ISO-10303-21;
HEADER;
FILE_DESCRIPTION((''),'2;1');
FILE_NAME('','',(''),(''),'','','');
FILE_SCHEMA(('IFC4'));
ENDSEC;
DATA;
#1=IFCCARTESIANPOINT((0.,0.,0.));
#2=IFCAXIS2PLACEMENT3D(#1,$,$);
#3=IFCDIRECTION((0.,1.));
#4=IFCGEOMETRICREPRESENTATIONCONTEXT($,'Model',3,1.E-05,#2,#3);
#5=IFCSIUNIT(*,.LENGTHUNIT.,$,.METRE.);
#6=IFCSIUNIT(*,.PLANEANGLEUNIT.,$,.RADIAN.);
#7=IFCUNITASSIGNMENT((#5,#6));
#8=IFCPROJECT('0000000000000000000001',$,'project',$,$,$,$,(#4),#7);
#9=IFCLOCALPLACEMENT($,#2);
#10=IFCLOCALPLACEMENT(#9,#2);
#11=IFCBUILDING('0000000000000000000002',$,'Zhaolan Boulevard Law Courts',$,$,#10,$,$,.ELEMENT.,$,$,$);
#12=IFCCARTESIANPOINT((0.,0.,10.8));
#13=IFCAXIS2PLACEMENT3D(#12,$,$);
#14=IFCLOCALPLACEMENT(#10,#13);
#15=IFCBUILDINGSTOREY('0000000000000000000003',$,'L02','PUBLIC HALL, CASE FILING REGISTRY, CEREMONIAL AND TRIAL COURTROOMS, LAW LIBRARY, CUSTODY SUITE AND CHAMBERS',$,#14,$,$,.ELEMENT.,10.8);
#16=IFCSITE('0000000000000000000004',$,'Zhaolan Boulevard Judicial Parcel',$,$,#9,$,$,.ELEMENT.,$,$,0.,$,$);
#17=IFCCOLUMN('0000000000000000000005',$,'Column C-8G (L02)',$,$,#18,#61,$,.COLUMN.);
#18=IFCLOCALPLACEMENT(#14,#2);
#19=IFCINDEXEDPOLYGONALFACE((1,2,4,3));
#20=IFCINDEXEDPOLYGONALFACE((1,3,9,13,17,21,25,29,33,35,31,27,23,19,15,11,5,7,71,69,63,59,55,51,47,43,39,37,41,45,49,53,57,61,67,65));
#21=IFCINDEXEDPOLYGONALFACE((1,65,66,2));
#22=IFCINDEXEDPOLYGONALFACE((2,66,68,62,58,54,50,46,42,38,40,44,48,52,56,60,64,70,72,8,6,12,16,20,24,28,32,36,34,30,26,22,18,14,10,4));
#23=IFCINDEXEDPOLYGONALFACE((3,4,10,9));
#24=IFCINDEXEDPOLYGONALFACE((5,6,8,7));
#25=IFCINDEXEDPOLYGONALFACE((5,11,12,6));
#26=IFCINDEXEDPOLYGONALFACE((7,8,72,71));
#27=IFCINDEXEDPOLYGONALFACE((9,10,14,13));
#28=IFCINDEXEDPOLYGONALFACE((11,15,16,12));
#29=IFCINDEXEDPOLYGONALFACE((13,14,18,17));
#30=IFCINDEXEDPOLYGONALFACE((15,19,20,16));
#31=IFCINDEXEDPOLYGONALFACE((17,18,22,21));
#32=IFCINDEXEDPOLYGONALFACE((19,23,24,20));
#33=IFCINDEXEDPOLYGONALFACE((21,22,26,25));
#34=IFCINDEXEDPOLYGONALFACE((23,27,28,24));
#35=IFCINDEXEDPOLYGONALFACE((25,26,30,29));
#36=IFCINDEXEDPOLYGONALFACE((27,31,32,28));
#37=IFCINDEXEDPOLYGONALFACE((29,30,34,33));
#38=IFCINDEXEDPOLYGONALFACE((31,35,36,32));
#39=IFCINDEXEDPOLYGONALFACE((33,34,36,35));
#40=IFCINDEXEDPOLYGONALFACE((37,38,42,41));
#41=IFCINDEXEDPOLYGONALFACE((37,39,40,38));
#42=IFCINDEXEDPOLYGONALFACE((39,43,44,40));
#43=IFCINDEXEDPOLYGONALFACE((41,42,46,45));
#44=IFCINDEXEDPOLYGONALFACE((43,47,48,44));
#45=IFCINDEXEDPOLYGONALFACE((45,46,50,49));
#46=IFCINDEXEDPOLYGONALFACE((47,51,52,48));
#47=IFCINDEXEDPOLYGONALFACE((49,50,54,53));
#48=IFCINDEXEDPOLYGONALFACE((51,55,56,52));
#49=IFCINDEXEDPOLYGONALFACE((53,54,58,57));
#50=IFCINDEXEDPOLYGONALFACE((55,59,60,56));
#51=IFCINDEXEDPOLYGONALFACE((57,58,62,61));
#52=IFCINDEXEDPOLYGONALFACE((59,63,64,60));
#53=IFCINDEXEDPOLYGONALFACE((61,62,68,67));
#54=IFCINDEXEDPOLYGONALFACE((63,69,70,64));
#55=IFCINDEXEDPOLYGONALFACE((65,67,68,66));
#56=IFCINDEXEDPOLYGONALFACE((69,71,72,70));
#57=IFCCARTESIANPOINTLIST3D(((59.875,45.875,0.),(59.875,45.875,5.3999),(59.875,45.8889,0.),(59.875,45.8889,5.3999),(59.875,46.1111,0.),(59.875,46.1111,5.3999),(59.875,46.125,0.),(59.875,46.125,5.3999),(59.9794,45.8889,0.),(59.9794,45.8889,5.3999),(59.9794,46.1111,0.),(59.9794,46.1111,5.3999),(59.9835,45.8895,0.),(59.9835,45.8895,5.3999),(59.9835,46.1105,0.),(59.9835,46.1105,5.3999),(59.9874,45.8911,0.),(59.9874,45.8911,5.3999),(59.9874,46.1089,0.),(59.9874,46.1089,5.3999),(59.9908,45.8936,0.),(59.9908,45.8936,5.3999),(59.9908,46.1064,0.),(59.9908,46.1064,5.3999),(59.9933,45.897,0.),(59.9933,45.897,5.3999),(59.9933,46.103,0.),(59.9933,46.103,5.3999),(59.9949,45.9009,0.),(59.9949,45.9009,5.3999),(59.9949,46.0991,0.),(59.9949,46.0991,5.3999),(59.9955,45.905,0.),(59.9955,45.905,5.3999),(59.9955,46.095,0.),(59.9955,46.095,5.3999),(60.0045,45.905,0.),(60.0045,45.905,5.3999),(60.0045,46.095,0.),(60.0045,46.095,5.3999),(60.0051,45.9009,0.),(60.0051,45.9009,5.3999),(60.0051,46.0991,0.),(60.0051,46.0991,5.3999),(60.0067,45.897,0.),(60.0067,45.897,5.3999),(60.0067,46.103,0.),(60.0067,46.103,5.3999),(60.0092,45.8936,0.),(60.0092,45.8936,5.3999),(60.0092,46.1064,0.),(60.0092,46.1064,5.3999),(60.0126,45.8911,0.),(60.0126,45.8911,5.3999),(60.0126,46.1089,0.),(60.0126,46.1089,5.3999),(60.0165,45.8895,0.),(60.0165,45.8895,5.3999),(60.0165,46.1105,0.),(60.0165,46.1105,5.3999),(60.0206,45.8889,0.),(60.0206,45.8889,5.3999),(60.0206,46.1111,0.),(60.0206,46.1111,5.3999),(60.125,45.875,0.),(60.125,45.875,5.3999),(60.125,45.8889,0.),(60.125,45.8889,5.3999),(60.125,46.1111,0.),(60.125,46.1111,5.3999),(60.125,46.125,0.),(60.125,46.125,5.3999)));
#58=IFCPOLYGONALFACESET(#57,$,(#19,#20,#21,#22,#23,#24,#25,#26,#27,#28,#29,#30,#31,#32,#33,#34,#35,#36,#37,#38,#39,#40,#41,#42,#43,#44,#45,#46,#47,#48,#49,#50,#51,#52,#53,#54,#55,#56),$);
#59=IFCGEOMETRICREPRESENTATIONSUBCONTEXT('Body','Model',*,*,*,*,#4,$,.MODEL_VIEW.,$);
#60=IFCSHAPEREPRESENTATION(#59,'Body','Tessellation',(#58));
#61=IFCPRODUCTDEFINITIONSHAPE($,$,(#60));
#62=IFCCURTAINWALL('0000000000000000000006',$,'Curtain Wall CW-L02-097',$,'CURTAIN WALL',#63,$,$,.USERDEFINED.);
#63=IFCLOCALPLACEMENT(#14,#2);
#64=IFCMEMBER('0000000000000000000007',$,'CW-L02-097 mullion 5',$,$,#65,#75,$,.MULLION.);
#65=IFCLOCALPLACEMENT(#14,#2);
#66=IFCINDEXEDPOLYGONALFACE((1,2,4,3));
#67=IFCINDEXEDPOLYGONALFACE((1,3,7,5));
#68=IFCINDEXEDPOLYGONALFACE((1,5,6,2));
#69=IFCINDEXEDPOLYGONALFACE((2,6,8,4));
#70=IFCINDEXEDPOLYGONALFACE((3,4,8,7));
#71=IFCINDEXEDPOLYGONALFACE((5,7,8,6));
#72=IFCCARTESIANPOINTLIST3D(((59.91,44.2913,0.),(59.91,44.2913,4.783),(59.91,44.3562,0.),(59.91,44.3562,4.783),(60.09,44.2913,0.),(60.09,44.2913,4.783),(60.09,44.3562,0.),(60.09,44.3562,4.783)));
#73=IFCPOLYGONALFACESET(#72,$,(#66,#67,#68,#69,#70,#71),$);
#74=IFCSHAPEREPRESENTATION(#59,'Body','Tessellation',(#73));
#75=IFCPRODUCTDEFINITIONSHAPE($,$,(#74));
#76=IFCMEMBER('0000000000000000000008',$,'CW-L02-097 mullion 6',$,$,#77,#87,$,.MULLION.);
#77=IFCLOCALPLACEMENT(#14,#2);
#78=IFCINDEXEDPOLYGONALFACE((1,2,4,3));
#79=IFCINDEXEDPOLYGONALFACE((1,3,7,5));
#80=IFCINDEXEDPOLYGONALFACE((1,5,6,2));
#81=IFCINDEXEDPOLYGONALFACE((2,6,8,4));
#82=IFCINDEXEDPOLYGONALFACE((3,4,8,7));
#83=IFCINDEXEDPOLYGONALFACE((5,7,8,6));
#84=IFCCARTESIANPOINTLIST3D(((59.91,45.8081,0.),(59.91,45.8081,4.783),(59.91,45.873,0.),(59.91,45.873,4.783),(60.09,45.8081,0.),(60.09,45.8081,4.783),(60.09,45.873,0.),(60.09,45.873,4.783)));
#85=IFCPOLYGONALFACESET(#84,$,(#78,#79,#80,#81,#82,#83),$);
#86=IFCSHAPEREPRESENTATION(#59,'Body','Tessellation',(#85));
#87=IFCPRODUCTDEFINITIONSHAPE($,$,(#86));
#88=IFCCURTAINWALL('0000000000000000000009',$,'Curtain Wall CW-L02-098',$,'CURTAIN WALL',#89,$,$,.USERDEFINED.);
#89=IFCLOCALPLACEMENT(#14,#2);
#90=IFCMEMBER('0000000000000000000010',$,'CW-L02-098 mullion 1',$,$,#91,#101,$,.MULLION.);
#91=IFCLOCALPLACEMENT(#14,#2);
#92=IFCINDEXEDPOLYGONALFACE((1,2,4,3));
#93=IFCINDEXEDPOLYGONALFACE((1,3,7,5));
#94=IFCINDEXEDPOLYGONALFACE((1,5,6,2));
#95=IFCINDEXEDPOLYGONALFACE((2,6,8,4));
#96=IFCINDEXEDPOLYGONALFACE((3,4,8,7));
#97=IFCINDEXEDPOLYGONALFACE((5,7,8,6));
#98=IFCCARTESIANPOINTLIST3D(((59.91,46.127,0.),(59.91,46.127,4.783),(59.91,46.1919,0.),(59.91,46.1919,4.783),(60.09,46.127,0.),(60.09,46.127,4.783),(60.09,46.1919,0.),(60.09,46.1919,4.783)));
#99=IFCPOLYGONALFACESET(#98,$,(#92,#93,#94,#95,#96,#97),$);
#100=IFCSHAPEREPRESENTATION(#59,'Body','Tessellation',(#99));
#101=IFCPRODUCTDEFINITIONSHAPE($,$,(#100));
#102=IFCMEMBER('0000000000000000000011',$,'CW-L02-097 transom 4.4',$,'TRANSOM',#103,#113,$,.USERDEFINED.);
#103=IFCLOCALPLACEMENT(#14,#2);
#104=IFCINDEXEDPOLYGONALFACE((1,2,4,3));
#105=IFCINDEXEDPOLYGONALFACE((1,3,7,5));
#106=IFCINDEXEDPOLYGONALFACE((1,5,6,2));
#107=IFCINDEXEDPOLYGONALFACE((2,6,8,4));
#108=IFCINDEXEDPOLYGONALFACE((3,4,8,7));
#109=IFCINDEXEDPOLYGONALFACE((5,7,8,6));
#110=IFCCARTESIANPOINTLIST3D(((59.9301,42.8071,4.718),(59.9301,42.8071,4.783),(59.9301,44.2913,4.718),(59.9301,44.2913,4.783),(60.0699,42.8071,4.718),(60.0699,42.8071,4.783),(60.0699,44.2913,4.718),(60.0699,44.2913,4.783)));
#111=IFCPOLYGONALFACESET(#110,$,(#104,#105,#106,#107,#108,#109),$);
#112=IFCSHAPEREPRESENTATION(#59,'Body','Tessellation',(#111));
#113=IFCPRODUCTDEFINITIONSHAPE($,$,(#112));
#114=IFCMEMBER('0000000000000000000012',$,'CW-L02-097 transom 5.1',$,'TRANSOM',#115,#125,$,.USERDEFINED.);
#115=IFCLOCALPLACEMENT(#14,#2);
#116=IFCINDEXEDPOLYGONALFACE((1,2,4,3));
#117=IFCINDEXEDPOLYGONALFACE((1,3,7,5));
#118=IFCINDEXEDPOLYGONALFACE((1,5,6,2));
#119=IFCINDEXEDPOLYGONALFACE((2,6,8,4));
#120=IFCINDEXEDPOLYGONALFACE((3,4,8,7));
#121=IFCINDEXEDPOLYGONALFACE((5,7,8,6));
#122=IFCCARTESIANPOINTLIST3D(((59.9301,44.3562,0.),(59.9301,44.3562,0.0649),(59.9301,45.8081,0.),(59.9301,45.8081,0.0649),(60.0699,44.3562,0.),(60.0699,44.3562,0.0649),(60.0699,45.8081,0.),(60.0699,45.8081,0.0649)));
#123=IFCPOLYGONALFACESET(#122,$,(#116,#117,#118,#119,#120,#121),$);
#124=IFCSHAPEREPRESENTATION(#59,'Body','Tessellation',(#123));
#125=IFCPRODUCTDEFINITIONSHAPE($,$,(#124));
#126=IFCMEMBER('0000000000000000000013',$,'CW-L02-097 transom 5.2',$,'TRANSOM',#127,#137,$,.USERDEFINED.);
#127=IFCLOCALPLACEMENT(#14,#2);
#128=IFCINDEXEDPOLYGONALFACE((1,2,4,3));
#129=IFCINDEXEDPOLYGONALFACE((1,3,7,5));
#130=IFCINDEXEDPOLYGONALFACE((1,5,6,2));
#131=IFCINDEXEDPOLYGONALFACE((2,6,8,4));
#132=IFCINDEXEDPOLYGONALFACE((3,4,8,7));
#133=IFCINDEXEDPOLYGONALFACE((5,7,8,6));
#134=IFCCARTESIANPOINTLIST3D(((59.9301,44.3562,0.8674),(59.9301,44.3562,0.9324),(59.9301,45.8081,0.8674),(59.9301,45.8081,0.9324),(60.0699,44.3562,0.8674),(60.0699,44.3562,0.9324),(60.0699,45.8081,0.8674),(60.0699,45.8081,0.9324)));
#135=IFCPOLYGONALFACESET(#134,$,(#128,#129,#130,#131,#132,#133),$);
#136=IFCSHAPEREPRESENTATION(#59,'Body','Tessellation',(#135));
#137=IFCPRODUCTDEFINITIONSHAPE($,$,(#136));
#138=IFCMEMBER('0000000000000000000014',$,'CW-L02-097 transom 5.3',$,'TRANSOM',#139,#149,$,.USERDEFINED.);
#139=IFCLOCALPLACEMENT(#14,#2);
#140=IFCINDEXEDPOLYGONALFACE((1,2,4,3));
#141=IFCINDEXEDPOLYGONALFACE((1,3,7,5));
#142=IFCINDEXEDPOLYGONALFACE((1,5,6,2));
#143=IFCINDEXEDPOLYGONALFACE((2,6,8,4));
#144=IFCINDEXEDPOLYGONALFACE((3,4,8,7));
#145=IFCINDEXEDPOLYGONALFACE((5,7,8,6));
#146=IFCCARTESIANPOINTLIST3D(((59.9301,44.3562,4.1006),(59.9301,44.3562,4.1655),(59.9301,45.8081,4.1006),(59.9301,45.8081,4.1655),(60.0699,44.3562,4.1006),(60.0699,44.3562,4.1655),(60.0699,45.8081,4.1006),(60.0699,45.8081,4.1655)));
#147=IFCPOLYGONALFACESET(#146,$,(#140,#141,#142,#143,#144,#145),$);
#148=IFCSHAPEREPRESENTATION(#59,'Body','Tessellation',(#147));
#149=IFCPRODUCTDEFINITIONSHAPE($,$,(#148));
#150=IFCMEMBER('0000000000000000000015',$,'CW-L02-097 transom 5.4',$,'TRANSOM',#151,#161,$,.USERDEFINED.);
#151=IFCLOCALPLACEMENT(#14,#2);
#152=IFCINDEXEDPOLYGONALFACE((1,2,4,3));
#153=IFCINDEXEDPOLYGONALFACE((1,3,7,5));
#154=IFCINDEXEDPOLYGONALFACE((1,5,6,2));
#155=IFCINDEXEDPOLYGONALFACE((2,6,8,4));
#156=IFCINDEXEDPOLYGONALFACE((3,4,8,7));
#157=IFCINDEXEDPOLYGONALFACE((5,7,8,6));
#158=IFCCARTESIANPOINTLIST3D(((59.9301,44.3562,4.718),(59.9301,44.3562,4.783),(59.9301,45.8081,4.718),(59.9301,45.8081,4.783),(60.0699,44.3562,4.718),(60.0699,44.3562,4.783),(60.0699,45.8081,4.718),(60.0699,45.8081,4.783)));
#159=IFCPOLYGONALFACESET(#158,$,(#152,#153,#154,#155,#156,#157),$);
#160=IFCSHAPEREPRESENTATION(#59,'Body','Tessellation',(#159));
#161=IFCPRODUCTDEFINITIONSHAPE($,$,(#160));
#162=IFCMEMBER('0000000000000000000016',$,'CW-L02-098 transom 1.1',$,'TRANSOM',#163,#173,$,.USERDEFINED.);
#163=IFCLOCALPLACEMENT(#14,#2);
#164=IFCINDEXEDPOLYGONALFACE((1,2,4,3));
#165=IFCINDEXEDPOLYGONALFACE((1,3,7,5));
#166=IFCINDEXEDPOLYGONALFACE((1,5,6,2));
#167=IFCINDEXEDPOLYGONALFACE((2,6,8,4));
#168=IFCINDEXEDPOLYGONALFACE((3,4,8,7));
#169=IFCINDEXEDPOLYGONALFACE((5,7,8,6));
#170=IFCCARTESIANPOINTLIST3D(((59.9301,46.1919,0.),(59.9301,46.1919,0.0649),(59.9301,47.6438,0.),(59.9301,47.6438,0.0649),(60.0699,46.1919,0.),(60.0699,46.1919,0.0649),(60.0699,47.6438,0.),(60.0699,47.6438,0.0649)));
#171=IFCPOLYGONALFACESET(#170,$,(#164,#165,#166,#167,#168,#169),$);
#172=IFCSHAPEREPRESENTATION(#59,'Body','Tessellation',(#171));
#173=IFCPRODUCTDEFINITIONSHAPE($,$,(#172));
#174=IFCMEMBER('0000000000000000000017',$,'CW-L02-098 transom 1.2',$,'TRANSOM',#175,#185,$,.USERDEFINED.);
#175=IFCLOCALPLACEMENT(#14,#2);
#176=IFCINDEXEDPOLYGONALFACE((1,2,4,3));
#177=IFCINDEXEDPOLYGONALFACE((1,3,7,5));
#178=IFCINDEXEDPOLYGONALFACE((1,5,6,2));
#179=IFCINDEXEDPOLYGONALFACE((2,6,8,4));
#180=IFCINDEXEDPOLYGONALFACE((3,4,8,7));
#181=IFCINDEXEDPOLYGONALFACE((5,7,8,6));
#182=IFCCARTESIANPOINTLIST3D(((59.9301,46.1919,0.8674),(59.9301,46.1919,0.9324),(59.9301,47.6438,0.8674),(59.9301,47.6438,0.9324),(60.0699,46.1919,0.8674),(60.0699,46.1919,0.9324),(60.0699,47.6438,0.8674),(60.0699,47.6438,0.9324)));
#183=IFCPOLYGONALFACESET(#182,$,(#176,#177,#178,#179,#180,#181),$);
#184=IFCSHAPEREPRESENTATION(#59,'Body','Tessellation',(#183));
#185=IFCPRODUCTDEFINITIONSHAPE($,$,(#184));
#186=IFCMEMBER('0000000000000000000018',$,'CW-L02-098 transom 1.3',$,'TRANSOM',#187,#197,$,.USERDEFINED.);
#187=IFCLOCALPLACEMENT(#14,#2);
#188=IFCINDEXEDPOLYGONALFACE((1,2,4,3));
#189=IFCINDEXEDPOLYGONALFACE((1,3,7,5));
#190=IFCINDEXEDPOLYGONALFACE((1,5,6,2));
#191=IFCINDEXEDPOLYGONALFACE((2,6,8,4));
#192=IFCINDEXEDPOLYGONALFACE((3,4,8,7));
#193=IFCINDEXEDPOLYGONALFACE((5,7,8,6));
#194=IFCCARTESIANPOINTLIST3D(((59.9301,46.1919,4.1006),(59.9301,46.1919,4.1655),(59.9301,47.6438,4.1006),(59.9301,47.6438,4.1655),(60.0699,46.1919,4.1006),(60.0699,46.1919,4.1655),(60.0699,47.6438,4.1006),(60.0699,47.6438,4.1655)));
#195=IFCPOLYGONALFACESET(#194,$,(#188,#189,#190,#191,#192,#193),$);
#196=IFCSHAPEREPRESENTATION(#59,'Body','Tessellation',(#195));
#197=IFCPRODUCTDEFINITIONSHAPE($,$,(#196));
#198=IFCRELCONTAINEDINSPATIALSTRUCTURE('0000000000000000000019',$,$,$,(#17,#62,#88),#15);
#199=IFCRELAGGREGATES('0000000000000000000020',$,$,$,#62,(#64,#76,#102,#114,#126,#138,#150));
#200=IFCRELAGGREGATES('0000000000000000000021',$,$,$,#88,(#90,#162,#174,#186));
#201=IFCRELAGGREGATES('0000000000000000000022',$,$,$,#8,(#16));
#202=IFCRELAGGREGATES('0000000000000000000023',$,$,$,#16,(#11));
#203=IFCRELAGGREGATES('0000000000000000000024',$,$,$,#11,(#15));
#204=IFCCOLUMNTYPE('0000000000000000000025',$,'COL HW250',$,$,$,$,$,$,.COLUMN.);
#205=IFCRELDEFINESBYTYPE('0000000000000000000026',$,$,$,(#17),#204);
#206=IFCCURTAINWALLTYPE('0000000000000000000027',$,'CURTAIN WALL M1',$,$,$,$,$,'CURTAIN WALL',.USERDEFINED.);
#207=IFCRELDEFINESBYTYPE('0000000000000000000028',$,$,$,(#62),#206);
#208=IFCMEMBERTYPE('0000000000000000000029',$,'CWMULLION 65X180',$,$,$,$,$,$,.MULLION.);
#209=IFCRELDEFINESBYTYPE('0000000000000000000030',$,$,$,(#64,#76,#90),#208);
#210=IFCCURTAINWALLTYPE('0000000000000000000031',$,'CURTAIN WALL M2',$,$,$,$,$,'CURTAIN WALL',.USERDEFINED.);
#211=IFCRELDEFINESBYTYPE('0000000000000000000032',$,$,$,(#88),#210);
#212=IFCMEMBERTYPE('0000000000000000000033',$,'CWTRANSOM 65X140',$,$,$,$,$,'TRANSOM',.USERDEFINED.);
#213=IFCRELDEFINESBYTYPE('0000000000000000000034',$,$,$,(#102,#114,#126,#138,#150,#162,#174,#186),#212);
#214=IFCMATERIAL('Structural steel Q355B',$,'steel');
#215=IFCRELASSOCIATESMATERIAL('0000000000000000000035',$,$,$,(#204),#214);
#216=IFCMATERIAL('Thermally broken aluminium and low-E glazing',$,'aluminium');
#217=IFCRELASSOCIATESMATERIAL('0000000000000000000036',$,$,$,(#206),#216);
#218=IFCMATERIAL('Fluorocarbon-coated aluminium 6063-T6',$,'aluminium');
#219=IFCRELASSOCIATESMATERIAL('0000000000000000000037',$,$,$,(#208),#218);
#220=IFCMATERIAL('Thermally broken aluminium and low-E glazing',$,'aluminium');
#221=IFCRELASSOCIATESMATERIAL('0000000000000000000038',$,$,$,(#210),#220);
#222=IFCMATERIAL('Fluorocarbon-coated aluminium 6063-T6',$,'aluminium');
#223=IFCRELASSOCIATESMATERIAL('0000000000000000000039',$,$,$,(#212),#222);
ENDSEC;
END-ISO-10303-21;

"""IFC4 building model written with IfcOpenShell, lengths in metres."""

from ifc_helpers import new_model, si_unit, direction, frame, origin, origin_2d, place, context, subcontext, project, spatial, rectangle, i_section, extrude, material, material_profile, profile_set, type_object, element, aggregate, save


model = new_model("IFC4")

# Units and contexts
model_context = context("Model", 3, precision=1e-05, world=origin(), true_north=direction((0.0, 1.0)))
body_context = subcontext(model_context, "Body", "Model", "MODEL_VIEW")
ifc_project = project(units=[si_unit("LENGTHUNIT", "METRE"), si_unit("PLANEANGLEUNIT", "RADIAN")], contexts=[model_context])

# Site, building, storey
site_placement = place(None, origin())
site = spatial("IfcSite", under=ifc_project, at=site_placement, Name="Zhaolan Boulevard Judicial Parcel", CompositionType="ELEMENT", RefElevation=0.0)
building_placement = place(site_placement, origin())
building = spatial("IfcBuilding", under=site, at=building_placement, Name="Zhaolan Boulevard Law Courts", CompositionType="ELEMENT")
storey_placement = place(building_placement, frame((0.0, 0.0, 10.8)))
storey = spatial("IfcBuildingStorey", under=building, at=storey_placement, Name="L02", Description="PUBLIC HALL, CASE FILING REGISTRY, CEREMONIAL AND TRIAL COURTROOMS, LAW LIBRARY, CUSTODY SUITE AND CHAMBERS", CompositionType="ELEMENT", Elevation=10.8)

# Column
ifc_material_1 = material(Name="Structural steel Q355B", Category="steel")
ifc_material_profile_1 = material_profile(ifc_material_1, i_section(OverallWidth=0.25, OverallDepth=0.25, WebThickness=0.009, FlangeThickness=0.0139, FilletRadius=0.0161, at=origin_2d()), Name="HW250x250")
ifc_profile_set_1 = profile_set([ifc_material_profile_1], Name="Structural steel Q355B")
column_type = type_object("IfcColumnType", Name="COL HW250", PredefinedType="COLUMN", material=ifc_profile_set_1)
column_placement = place(storey_placement, frame((60.0, 46.0, 0.0), z_axis=(0.0, 0.0, 1.0), x_axis=(1.0, 0.0, 0.0)))
element("IfcColumn", 1, at=column_placement, inside=storey, type_object=column_type, Name="Column C-8G (L02)", PredefinedType="COLUMN", context=body_context, shape_type="SweptSolid", body=[
    extrude(i_section(OverallWidth=0.25, OverallDepth=0.25, WebThickness=0.009, FlangeThickness=0.0139, FilletRadius=0.0161, at=origin_2d()), origin(), (0.0, 0.0, 1.0), 5.3999),
])

# Curtain wall, members
ifc_material_2 = material(Name="Thermally broken aluminium and low-E glazing", Category="aluminium")
curtain_wall_type_1 = type_object("IfcCurtainWallType", Name="CURTAIN WALL M1", ElementType="CURTAIN WALL", PredefinedType="USERDEFINED", material=ifc_material_2)
curtain_wall_1_placement = place(storey_placement, origin())
curtain_wall_1 = element("IfcCurtainWall", 2, at=curtain_wall_1_placement, inside=storey, type_object=curtain_wall_type_1, Name="Curtain Wall CW-L02-097", ObjectType="CURTAIN WALL", PredefinedType="USERDEFINED")
ifc_material_3 = material(Name="Fluorocarbon-coated aluminium 6063-T6", Category="aluminium")
ifc_material_profile_2 = material_profile(ifc_material_3, rectangle(XDim=0.1799, YDim=0.0649, at=origin_2d()), Name="AL65x180")
ifc_profile_set_2 = profile_set([ifc_material_profile_2], Name="Fluorocarbon-coated aluminium 6063-T6")
member_type_1 = type_object("IfcMemberType", Name="CWMULLION 65X180", PredefinedType="MULLION", material=ifc_profile_set_2)
member_1_placement = place(storey_placement, frame((60.0, 44.3237, 0.0), z_axis=(0.0, 0.0, 1.0), x_axis=(-1.0, 0.0, 0.0)))
member_1 = element("IfcMember", 3, at=member_1_placement, type_object=member_type_1, Name="CW-L02-097 mullion 5", PredefinedType="MULLION", context=body_context, shape_type="SweptSolid", body=[
    extrude(rectangle(XDim=0.1799, YDim=0.0649, at=origin_2d()), origin(), (0.0, 0.0, 1.0), 4.783),
])
member_2_placement = place(storey_placement, frame((60.0, 45.8406, 0.0), z_axis=(0.0, 0.0, 1.0), x_axis=(-1.0, 0.0, 0.0)))
member_2 = element("IfcMember", 4, at=member_2_placement, type_object=member_type_1, Name="CW-L02-097 mullion 6", PredefinedType="MULLION", context=body_context, shape_type="SweptSolid", body=[
    extrude(rectangle(XDim=0.1799, YDim=0.0649, at=origin_2d()), origin(), (0.0, 0.0, 1.0), 4.783),
])

# Curtain wall, member
ifc_material_4 = material(Name="Thermally broken aluminium and low-E glazing", Category="aluminium")
curtain_wall_type_2 = type_object("IfcCurtainWallType", Name="CURTAIN WALL M2", ElementType="CURTAIN WALL", PredefinedType="USERDEFINED", material=ifc_material_4)
curtain_wall_2_placement = place(storey_placement, origin())
curtain_wall_2 = element("IfcCurtainWall", 5, at=curtain_wall_2_placement, inside=storey, type_object=curtain_wall_type_2, Name="Curtain Wall CW-L02-098", ObjectType="CURTAIN WALL", PredefinedType="USERDEFINED")
member_3_placement = place(storey_placement, frame((60.0, 46.1594, 0.0), z_axis=(0.0, 0.0, 1.0), x_axis=(-1.0, 0.0, 0.0)))
member_3 = element("IfcMember", 6, at=member_3_placement, type_object=member_type_1, Name="CW-L02-098 mullion 1", PredefinedType="MULLION", context=body_context, shape_type="SweptSolid", body=[
    extrude(rectangle(XDim=0.1799, YDim=0.0649, at=origin_2d()), origin(), (0.0, 0.0, 1.0), 4.783),
])

# Members
ifc_material_5 = material(Name="Fluorocarbon-coated aluminium 6063-T6", Category="aluminium")
ifc_material_profile_3 = material_profile(ifc_material_5, rectangle(XDim=0.1399, YDim=0.0649, at=origin_2d()), Name="AL65x140")
ifc_profile_set_3 = profile_set([ifc_material_profile_3], Name="Fluorocarbon-coated aluminium 6063-T6")
member_type_2 = type_object("IfcMemberType", Name="CWTRANSOM 65X140", ElementType="TRANSOM", PredefinedType="USERDEFINED", material=ifc_profile_set_3)
member_4_placement = place(storey_placement, frame((60.0, 42.8071, 4.7505), z_axis=(0.0, 1.0, 0.0), x_axis=(-1.0, 0.0, 0.0)))
member_4 = element("IfcMember", 7, at=member_4_placement, type_object=member_type_2, Name="CW-L02-097 transom 4.4", ObjectType="TRANSOM", PredefinedType="USERDEFINED", context=body_context, shape_type="SweptSolid", body=[
    extrude(rectangle(XDim=0.1399, YDim=0.0649, at=origin_2d()), origin(), (0.0, 0.0, 1.0), 1.4841),
])
member_5_placement = place(storey_placement, frame((60.0, 44.3562, 0.0325), z_axis=(0.0, 1.0, 0.0), x_axis=(-1.0, 0.0, 0.0)))
member_5 = element("IfcMember", 8, at=member_5_placement, type_object=member_type_2, Name="CW-L02-097 transom 5.1", ObjectType="TRANSOM", PredefinedType="USERDEFINED", context=body_context, shape_type="SweptSolid", body=[
    extrude(rectangle(XDim=0.1399, YDim=0.0649, at=origin_2d()), origin(), (0.0, 0.0, 1.0), 1.4519),
])
member_6_placement = place(storey_placement, frame((60.0, 44.3562, 0.8999), z_axis=(0.0, 1.0, 0.0), x_axis=(-1.0, 0.0, 0.0)))
member_6 = element("IfcMember", 9, at=member_6_placement, type_object=member_type_2, Name="CW-L02-097 transom 5.2", ObjectType="TRANSOM", PredefinedType="USERDEFINED", context=body_context, shape_type="SweptSolid", body=[
    extrude(rectangle(XDim=0.1399, YDim=0.0649, at=origin_2d()), origin(), (0.0, 0.0, 1.0), 1.4519),
])
member_7_placement = place(storey_placement, frame((60.0, 44.3562, 4.1331), z_axis=(0.0, 1.0, 0.0), x_axis=(-1.0, 0.0, 0.0)))
member_7 = element("IfcMember", 10, at=member_7_placement, type_object=member_type_2, Name="CW-L02-097 transom 5.3", ObjectType="TRANSOM", PredefinedType="USERDEFINED", context=body_context, shape_type="SweptSolid", body=[
    extrude(rectangle(XDim=0.1399, YDim=0.0649, at=origin_2d()), origin(), (0.0, 0.0, 1.0), 1.4519),
])
member_8_placement = place(storey_placement, frame((60.0, 44.3562, 4.7505), z_axis=(0.0, 1.0, 0.0), x_axis=(-1.0, 0.0, 0.0)))
member_8 = element("IfcMember", 11, at=member_8_placement, type_object=member_type_2, Name="CW-L02-097 transom 5.4", ObjectType="TRANSOM", PredefinedType="USERDEFINED", context=body_context, shape_type="SweptSolid", body=[
    extrude(rectangle(XDim=0.1399, YDim=0.0649, at=origin_2d()), origin(), (0.0, 0.0, 1.0), 1.4519),
])
member_9_placement = place(storey_placement, frame((60.0, 46.1919, 0.0325), z_axis=(0.0, 1.0, 0.0), x_axis=(-1.0, 0.0, 0.0)))
member_9 = element("IfcMember", 12, at=member_9_placement, type_object=member_type_2, Name="CW-L02-098 transom 1.1", ObjectType="TRANSOM", PredefinedType="USERDEFINED", context=body_context, shape_type="SweptSolid", body=[
    extrude(rectangle(XDim=0.1399, YDim=0.0649, at=origin_2d()), origin(), (0.0, 0.0, 1.0), 1.4519),
])
member_10_placement = place(storey_placement, frame((60.0, 46.1919, 0.8999), z_axis=(0.0, 1.0, 0.0), x_axis=(-1.0, 0.0, 0.0)))
member_10 = element("IfcMember", 13, at=member_10_placement, type_object=member_type_2, Name="CW-L02-098 transom 1.2", ObjectType="TRANSOM", PredefinedType="USERDEFINED", context=body_context, shape_type="SweptSolid", body=[
    extrude(rectangle(XDim=0.1399, YDim=0.0649, at=origin_2d()), origin(), (0.0, 0.0, 1.0), 1.4519),
])
member_11_placement = place(storey_placement, frame((60.0, 46.1919, 4.1331), z_axis=(0.0, 1.0, 0.0), x_axis=(-1.0, 0.0, 0.0)))
member_11 = element("IfcMember", 14, at=member_11_placement, type_object=member_type_2, Name="CW-L02-098 transom 1.3", ObjectType="TRANSOM", PredefinedType="USERDEFINED", context=body_context, shape_type="SweptSolid", body=[
    extrude(rectangle(XDim=0.1399, YDim=0.0649, at=origin_2d()), origin(), (0.0, 0.0, 1.0), 1.4519),
])

aggregate(curtain_wall_1, [member_1, member_2, member_4, member_5, member_6, member_7, member_8])
aggregate(curtain_wall_2, [member_3, member_9, member_10, member_11])

save(model, "model.ifc")
